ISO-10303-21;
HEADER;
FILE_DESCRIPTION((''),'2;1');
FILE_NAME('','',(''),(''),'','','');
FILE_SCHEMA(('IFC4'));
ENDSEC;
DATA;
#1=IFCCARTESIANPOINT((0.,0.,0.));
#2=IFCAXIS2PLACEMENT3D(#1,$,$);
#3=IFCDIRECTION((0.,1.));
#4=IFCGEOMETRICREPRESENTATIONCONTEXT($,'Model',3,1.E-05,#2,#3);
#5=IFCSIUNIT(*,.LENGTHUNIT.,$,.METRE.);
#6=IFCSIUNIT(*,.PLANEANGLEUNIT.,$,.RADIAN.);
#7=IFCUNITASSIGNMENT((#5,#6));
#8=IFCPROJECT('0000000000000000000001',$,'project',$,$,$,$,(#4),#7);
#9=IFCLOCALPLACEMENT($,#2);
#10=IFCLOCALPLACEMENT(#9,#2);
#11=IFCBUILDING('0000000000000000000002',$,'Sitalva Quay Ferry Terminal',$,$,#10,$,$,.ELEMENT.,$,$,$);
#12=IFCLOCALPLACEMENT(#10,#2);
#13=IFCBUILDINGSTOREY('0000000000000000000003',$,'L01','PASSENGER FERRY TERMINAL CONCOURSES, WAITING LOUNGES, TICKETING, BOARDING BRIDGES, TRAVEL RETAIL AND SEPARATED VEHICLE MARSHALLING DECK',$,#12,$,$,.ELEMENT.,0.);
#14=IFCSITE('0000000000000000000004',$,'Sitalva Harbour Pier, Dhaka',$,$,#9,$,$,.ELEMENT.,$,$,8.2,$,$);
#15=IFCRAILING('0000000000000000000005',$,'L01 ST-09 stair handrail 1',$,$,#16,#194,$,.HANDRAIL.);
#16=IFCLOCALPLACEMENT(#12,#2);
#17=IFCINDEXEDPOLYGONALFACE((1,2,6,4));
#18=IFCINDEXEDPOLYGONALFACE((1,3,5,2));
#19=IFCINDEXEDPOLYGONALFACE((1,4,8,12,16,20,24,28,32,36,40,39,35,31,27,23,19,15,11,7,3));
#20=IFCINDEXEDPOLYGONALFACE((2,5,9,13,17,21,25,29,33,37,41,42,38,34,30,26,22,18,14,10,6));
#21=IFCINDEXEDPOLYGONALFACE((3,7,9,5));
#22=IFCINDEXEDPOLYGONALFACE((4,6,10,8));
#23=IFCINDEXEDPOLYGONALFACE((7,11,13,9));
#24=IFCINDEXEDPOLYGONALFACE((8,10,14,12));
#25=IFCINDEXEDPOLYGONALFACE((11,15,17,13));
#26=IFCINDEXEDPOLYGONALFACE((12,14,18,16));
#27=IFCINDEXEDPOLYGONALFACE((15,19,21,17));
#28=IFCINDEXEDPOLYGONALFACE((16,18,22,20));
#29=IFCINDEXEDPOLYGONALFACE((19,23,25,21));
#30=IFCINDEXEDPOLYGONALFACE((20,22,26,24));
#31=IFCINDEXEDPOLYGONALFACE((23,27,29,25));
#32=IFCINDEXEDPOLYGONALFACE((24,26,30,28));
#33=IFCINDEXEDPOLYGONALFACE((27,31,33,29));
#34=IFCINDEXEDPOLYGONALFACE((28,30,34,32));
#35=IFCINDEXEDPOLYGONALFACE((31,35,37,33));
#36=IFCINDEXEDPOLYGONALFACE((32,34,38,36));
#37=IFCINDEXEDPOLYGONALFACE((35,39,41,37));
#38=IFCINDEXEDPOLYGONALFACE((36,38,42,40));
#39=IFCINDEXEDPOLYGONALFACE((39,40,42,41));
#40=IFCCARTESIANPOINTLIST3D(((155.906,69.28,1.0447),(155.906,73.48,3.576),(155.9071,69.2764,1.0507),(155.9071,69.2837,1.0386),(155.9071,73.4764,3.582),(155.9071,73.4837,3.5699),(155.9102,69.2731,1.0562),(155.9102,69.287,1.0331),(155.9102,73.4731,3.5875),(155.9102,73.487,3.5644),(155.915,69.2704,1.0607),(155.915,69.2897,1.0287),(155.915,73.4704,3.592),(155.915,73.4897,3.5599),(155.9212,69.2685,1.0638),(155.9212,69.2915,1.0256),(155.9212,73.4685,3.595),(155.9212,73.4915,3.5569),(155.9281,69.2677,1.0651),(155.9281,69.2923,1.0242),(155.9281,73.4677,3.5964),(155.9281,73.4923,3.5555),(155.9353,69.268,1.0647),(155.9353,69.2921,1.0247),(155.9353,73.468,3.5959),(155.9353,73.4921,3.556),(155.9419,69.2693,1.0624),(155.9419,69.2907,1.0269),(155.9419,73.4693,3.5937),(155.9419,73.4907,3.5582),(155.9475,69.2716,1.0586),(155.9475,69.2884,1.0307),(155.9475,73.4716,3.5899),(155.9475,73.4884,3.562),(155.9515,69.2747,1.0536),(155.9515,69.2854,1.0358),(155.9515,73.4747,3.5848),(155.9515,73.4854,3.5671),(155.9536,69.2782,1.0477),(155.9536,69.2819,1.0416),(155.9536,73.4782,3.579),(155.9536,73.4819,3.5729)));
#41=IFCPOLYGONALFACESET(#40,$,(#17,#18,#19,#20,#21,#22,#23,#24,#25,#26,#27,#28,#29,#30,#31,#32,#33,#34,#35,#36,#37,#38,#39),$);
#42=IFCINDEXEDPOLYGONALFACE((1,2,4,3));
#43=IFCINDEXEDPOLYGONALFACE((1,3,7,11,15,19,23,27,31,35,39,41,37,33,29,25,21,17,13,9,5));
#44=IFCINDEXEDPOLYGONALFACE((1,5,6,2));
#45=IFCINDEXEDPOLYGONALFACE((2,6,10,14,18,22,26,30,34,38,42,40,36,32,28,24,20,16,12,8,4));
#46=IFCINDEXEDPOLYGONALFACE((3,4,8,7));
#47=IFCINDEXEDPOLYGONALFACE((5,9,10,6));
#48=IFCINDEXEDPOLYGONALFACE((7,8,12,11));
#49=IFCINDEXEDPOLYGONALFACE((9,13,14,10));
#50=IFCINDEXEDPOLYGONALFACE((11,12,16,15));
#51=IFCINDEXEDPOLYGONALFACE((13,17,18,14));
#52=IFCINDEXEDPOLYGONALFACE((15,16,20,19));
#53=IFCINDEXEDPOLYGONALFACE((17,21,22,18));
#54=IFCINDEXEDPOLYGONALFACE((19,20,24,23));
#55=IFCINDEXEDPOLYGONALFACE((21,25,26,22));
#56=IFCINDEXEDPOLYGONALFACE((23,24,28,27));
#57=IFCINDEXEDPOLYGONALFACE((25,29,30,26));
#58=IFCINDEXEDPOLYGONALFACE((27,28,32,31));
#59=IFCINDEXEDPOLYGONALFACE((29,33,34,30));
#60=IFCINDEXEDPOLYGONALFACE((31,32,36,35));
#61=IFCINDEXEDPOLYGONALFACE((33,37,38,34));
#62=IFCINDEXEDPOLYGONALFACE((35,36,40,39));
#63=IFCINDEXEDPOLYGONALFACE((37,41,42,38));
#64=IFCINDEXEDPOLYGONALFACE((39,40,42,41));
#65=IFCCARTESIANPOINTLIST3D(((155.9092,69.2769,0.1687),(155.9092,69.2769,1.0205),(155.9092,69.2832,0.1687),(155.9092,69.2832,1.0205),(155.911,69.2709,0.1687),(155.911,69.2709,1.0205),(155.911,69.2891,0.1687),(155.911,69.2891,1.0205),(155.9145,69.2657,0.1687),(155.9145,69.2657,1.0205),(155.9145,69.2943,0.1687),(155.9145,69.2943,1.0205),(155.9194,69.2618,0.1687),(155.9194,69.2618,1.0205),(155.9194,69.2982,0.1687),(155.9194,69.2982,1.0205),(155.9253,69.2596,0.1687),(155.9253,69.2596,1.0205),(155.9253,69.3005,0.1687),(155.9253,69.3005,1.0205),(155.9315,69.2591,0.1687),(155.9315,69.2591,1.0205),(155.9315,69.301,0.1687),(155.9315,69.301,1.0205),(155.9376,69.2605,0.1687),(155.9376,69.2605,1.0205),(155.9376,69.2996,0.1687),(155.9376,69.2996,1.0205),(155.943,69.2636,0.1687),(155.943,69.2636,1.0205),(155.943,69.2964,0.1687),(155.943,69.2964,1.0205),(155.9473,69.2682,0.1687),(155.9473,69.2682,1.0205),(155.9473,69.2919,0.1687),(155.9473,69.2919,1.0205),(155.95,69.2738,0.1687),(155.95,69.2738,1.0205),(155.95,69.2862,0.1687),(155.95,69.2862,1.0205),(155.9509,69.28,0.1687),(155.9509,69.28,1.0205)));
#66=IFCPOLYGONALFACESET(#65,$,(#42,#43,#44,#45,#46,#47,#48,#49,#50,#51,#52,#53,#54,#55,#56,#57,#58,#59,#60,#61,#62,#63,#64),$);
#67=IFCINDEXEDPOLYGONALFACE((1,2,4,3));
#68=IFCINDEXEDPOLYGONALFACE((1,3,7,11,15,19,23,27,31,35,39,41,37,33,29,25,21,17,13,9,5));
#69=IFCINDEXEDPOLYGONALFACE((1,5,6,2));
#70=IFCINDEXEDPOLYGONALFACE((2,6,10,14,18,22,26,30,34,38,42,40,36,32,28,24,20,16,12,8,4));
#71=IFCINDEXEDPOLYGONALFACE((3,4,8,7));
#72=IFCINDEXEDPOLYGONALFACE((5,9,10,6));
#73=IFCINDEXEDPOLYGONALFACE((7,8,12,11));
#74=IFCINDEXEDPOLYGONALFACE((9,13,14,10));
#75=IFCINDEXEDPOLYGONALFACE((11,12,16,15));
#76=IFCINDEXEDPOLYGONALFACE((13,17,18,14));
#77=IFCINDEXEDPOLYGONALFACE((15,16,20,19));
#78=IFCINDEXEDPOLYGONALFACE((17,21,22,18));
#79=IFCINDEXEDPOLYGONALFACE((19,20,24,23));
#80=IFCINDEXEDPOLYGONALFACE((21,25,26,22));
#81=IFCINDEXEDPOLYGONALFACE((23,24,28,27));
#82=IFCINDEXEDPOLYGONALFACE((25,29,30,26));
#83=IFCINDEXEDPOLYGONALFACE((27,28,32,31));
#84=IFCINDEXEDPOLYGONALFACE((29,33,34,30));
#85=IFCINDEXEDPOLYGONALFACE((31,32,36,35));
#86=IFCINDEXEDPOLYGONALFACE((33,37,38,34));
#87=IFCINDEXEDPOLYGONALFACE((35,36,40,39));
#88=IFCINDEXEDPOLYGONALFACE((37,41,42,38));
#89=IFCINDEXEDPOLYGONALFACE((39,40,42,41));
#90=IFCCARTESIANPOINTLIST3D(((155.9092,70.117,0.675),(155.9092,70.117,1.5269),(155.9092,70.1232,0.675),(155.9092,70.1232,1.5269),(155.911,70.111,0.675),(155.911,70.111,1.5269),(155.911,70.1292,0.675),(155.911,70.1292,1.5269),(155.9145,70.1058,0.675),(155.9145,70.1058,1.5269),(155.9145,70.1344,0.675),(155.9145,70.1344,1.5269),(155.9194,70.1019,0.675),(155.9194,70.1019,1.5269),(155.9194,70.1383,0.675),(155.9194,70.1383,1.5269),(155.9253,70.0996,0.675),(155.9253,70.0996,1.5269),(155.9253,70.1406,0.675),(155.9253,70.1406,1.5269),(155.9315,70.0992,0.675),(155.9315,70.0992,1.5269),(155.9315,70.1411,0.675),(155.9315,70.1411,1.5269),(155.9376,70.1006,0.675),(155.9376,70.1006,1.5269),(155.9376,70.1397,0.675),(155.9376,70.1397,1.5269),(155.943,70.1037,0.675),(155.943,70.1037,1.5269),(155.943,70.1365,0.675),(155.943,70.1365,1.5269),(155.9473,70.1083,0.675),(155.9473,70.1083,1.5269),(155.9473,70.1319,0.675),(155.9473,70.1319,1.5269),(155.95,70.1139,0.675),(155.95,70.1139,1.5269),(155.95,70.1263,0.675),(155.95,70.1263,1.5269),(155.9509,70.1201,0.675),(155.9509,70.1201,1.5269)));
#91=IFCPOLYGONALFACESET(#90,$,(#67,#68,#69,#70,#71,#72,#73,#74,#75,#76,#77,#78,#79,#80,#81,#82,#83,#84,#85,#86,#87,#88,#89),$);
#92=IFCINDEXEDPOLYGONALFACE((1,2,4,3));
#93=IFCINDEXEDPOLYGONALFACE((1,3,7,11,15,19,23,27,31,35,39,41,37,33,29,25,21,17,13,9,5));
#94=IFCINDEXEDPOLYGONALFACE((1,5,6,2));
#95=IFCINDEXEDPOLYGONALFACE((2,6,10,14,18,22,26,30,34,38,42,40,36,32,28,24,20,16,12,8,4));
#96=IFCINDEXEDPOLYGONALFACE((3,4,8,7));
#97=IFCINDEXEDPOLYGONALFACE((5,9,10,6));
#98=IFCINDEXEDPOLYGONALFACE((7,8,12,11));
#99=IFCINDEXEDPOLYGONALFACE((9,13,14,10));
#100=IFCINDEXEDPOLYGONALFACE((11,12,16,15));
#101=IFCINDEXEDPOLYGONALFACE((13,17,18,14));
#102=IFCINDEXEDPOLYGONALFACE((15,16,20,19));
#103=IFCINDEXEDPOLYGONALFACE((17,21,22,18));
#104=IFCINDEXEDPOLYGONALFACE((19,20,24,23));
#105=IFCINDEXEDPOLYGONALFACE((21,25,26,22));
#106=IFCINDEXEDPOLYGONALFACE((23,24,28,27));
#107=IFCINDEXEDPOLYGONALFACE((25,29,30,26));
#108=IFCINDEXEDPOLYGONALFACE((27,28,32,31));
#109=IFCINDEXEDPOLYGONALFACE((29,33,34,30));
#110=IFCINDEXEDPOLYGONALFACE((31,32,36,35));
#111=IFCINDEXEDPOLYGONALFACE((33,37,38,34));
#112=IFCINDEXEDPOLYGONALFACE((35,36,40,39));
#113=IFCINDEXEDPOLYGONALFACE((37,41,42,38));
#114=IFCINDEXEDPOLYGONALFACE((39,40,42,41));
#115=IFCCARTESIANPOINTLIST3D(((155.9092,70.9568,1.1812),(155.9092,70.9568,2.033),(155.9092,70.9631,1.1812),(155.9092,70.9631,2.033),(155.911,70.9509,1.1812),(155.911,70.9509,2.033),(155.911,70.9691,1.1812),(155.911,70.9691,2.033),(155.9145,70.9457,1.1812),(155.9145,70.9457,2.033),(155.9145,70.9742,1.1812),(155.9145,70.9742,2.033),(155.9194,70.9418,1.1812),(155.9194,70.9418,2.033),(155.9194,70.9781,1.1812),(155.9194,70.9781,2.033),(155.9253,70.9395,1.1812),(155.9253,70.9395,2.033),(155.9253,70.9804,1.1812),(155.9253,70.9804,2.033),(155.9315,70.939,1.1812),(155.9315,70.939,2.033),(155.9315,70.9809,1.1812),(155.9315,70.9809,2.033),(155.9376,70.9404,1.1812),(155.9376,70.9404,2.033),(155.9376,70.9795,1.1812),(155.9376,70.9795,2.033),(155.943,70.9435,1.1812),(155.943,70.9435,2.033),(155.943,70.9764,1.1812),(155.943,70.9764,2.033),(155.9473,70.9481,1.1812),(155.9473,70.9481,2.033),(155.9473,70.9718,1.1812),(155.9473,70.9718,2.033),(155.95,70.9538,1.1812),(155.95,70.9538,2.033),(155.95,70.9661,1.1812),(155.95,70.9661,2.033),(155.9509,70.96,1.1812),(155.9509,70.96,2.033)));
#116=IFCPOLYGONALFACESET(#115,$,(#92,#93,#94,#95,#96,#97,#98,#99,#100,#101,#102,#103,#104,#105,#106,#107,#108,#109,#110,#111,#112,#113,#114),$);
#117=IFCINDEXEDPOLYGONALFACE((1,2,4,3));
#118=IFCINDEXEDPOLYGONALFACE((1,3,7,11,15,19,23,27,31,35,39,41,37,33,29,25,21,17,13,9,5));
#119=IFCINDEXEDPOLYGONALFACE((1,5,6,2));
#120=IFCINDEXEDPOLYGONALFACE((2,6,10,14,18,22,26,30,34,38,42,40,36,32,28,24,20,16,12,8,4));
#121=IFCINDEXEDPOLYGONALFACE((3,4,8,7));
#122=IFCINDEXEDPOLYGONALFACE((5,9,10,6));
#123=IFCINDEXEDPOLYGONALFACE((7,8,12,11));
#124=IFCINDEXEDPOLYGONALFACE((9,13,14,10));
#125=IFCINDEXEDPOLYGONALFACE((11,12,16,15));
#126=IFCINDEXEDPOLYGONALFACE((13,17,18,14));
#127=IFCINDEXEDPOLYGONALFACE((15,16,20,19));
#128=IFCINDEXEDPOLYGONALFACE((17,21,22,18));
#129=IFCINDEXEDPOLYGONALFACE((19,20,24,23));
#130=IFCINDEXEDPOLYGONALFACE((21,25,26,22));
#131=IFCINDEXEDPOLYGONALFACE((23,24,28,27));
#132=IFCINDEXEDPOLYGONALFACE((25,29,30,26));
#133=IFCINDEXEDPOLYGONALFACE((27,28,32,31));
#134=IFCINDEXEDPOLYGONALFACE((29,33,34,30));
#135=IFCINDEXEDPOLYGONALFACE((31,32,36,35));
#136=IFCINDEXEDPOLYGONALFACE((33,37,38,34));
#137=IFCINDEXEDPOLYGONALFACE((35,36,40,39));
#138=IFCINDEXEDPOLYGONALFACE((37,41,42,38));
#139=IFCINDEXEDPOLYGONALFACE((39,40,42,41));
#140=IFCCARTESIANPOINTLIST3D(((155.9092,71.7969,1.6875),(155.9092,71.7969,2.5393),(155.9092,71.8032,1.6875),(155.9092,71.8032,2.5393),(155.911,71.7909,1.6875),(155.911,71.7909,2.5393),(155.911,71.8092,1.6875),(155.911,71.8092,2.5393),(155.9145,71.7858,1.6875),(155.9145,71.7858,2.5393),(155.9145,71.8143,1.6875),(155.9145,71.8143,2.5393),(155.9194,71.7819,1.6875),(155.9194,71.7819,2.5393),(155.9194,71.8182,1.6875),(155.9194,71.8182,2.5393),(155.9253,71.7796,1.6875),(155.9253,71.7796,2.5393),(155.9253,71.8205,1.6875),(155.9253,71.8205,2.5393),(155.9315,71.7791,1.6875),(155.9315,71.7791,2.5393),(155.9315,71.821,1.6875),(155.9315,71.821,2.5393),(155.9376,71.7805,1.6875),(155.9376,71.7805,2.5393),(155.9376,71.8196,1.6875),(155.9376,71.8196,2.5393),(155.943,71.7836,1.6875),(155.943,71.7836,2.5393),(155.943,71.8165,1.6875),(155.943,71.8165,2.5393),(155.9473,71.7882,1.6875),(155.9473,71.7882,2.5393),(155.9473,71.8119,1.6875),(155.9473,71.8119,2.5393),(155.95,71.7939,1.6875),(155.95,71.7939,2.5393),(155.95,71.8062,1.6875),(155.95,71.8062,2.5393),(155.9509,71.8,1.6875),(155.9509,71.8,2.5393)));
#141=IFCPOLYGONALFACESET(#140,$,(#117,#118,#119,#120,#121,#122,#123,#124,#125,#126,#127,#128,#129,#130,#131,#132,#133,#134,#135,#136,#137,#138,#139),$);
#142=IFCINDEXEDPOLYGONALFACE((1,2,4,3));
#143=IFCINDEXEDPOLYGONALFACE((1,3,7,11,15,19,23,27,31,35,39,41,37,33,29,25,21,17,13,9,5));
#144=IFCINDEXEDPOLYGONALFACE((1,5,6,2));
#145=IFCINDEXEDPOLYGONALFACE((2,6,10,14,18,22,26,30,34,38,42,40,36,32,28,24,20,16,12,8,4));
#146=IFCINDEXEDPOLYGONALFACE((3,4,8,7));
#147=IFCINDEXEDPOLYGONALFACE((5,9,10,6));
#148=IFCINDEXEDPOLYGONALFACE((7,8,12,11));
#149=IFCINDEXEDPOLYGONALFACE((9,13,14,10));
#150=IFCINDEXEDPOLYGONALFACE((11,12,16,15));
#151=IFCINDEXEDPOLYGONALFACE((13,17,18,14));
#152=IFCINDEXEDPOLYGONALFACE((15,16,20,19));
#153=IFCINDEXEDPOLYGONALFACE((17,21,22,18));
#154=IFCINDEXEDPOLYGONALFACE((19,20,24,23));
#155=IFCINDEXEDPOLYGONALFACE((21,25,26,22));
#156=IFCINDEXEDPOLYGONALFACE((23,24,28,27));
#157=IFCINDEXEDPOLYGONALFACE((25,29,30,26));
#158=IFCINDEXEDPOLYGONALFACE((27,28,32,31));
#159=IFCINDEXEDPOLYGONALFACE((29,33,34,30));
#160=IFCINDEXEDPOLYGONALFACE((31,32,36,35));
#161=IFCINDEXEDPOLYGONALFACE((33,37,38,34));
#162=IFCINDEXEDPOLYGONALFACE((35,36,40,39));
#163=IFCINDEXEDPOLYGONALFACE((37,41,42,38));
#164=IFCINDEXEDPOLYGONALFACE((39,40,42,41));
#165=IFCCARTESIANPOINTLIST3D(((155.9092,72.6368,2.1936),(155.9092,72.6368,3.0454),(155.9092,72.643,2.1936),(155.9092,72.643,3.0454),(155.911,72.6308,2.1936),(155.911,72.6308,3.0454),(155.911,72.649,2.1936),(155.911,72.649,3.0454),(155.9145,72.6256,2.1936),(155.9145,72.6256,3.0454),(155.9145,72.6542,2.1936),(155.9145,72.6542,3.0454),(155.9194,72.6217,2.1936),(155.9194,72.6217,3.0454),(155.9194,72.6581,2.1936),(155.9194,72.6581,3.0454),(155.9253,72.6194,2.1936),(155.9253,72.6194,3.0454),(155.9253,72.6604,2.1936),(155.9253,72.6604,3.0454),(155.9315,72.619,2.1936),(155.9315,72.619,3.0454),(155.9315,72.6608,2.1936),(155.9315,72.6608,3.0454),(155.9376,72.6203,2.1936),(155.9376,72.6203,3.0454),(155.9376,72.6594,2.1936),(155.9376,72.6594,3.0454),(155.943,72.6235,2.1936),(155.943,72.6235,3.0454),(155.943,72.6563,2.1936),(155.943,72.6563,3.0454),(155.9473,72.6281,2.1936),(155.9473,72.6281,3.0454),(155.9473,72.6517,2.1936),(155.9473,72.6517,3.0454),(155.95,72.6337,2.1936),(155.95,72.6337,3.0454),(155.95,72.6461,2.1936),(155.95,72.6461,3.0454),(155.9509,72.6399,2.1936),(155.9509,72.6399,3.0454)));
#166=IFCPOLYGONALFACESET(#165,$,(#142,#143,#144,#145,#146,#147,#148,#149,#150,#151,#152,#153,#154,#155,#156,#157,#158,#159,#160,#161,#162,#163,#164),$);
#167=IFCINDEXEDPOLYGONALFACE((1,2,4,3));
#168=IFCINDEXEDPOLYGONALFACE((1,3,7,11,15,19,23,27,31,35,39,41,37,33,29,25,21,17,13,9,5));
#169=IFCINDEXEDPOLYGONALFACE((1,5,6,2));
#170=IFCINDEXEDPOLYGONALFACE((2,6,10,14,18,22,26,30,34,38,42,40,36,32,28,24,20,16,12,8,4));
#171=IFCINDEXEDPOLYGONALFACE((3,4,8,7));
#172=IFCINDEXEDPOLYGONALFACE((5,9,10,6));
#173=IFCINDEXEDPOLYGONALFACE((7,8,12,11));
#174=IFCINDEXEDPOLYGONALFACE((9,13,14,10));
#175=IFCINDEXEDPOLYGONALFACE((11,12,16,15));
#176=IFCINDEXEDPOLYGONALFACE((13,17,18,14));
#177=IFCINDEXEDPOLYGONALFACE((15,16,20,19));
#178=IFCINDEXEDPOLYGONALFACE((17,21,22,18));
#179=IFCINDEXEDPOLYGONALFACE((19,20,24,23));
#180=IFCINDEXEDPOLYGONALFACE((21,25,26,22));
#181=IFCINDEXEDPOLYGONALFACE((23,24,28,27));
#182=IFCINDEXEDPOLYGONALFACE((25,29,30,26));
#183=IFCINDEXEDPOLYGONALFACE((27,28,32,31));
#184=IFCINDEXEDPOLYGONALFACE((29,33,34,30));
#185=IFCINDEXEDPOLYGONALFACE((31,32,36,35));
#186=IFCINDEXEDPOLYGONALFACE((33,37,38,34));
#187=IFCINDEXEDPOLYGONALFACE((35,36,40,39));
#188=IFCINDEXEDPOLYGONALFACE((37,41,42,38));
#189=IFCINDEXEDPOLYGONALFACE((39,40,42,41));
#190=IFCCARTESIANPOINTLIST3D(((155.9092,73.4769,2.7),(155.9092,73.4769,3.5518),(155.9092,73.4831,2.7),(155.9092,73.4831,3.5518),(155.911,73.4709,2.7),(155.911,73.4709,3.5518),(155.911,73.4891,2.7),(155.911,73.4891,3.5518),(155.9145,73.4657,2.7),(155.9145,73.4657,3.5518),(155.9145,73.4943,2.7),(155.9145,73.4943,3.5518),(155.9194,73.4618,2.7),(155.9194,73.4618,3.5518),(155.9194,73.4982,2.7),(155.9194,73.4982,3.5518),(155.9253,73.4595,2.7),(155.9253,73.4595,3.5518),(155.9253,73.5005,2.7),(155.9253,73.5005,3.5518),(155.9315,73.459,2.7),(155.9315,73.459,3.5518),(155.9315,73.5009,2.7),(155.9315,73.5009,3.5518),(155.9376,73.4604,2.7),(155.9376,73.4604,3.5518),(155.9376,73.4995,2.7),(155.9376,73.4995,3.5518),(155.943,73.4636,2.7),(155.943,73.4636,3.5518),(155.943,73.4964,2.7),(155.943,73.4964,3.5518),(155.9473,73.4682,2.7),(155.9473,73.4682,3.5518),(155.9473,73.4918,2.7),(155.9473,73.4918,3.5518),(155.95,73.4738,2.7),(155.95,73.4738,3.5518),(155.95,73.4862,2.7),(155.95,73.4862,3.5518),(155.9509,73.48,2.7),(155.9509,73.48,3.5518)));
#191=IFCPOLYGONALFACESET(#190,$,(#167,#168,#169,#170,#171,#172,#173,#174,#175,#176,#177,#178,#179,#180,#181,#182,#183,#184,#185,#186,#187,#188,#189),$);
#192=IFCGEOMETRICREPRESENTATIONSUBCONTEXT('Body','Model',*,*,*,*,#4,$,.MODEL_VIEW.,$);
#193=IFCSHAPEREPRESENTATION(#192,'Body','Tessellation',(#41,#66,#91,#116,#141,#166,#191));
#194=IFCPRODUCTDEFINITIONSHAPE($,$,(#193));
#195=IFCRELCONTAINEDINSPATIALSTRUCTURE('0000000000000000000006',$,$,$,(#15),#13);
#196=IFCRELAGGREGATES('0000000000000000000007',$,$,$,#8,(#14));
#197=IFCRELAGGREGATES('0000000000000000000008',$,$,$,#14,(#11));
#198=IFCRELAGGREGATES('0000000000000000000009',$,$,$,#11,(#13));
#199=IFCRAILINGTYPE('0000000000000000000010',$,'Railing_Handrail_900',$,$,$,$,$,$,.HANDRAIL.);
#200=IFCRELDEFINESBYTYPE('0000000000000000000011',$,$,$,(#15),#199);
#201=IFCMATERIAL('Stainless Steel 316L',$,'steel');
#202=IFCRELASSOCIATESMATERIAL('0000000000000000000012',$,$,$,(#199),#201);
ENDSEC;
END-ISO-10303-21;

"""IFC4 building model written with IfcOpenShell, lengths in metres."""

from ifc_helpers import new_model, si_unit, direction, frame, origin, origin_2d, place, context, subcontext, project, spatial, circle, extrude, material, type_object, element, save


model = new_model("IFC4")

# Units and contexts
model_context = context("Model", 3, precision=1e-05, world=origin(), true_north=direction((0.0, 1.0)))
body_context = subcontext(model_context, "Body", "Model", "MODEL_VIEW")
ifc_project = project(units=[si_unit("LENGTHUNIT", "METRE"), si_unit("PLANEANGLEUNIT", "RADIAN")], contexts=[model_context])

# Site, building, storey
site_placement = place(None, origin())
site = spatial("IfcSite", under=ifc_project, at=site_placement, Name="Sitalva Harbour Pier, Dhaka", CompositionType="ELEMENT", RefElevation=8.2)
building_placement = place(site_placement, origin())
building = spatial("IfcBuilding", under=site, at=building_placement, Name="Sitalva Quay Ferry Terminal", CompositionType="ELEMENT")
storey_placement = place(building_placement, origin())
storey = spatial("IfcBuildingStorey", under=building, at=storey_placement, Name="L01", Description="PASSENGER FERRY TERMINAL CONCOURSES, WAITING LOUNGES, TICKETING, BOARDING BRIDGES, TRAVEL RETAIL AND SEPARATED VEHICLE MARSHALLING DECK", CompositionType="ELEMENT", Elevation=0.0)

# Railing
ifc_material_1 = material(Name="Stainless Steel 316L", Category="steel")
railing_type_1 = type_object("IfcRailingType", Name="Railing_Handrail_900", PredefinedType="HANDRAIL", material=ifc_material_1)
railing_1_placement = place(storey_placement, frame((155.9299, 69.28, 0.1687)))
element("IfcRailing", 1, at=railing_1_placement, inside=storey, type_object=railing_type_1, Name="L01 ST-09 stair handrail 1", PredefinedType="HANDRAIL", context=body_context, shape_type="SweptSolid", body=[
    extrude(circle(Radius=0.0239, at=origin_2d()), frame((0.0, 0.0, 0.876), z_axis=(0.0, 0.856476, 0.516186), x_axis=(-1.0, 0.0, 0.0)), (0.0, 0.0, 1.0), 4.9038),
    extrude(circle(Radius=0.021, at=origin_2d()), origin(), (0.0, 0.0, 1.0), 0.8518),
    extrude(circle(Radius=0.021, at=origin_2d()), frame((0.0, 0.8401, 0.5063)), (0.0, 0.0, 1.0), 0.8518),
    extrude(circle(Radius=0.021, at=origin_2d()), frame((0.0, 1.6799, 1.0125)), (0.0, 0.0, 1.0), 0.8518),
    extrude(circle(Radius=0.021, at=origin_2d()), frame((0.0, 2.52, 1.5188)), (0.0, 0.0, 1.0), 0.8518),
    extrude(circle(Radius=0.021, at=origin_2d()), frame((0.0, 3.3599, 2.0249)), (0.0, 0.0, 1.0), 0.8518),
    extrude(circle(Radius=0.021, at=origin_2d()), frame((0.0, 4.2, 2.5312)), (0.0, 0.0, 1.0), 0.8518),
])

save(model, "model.ifc")
